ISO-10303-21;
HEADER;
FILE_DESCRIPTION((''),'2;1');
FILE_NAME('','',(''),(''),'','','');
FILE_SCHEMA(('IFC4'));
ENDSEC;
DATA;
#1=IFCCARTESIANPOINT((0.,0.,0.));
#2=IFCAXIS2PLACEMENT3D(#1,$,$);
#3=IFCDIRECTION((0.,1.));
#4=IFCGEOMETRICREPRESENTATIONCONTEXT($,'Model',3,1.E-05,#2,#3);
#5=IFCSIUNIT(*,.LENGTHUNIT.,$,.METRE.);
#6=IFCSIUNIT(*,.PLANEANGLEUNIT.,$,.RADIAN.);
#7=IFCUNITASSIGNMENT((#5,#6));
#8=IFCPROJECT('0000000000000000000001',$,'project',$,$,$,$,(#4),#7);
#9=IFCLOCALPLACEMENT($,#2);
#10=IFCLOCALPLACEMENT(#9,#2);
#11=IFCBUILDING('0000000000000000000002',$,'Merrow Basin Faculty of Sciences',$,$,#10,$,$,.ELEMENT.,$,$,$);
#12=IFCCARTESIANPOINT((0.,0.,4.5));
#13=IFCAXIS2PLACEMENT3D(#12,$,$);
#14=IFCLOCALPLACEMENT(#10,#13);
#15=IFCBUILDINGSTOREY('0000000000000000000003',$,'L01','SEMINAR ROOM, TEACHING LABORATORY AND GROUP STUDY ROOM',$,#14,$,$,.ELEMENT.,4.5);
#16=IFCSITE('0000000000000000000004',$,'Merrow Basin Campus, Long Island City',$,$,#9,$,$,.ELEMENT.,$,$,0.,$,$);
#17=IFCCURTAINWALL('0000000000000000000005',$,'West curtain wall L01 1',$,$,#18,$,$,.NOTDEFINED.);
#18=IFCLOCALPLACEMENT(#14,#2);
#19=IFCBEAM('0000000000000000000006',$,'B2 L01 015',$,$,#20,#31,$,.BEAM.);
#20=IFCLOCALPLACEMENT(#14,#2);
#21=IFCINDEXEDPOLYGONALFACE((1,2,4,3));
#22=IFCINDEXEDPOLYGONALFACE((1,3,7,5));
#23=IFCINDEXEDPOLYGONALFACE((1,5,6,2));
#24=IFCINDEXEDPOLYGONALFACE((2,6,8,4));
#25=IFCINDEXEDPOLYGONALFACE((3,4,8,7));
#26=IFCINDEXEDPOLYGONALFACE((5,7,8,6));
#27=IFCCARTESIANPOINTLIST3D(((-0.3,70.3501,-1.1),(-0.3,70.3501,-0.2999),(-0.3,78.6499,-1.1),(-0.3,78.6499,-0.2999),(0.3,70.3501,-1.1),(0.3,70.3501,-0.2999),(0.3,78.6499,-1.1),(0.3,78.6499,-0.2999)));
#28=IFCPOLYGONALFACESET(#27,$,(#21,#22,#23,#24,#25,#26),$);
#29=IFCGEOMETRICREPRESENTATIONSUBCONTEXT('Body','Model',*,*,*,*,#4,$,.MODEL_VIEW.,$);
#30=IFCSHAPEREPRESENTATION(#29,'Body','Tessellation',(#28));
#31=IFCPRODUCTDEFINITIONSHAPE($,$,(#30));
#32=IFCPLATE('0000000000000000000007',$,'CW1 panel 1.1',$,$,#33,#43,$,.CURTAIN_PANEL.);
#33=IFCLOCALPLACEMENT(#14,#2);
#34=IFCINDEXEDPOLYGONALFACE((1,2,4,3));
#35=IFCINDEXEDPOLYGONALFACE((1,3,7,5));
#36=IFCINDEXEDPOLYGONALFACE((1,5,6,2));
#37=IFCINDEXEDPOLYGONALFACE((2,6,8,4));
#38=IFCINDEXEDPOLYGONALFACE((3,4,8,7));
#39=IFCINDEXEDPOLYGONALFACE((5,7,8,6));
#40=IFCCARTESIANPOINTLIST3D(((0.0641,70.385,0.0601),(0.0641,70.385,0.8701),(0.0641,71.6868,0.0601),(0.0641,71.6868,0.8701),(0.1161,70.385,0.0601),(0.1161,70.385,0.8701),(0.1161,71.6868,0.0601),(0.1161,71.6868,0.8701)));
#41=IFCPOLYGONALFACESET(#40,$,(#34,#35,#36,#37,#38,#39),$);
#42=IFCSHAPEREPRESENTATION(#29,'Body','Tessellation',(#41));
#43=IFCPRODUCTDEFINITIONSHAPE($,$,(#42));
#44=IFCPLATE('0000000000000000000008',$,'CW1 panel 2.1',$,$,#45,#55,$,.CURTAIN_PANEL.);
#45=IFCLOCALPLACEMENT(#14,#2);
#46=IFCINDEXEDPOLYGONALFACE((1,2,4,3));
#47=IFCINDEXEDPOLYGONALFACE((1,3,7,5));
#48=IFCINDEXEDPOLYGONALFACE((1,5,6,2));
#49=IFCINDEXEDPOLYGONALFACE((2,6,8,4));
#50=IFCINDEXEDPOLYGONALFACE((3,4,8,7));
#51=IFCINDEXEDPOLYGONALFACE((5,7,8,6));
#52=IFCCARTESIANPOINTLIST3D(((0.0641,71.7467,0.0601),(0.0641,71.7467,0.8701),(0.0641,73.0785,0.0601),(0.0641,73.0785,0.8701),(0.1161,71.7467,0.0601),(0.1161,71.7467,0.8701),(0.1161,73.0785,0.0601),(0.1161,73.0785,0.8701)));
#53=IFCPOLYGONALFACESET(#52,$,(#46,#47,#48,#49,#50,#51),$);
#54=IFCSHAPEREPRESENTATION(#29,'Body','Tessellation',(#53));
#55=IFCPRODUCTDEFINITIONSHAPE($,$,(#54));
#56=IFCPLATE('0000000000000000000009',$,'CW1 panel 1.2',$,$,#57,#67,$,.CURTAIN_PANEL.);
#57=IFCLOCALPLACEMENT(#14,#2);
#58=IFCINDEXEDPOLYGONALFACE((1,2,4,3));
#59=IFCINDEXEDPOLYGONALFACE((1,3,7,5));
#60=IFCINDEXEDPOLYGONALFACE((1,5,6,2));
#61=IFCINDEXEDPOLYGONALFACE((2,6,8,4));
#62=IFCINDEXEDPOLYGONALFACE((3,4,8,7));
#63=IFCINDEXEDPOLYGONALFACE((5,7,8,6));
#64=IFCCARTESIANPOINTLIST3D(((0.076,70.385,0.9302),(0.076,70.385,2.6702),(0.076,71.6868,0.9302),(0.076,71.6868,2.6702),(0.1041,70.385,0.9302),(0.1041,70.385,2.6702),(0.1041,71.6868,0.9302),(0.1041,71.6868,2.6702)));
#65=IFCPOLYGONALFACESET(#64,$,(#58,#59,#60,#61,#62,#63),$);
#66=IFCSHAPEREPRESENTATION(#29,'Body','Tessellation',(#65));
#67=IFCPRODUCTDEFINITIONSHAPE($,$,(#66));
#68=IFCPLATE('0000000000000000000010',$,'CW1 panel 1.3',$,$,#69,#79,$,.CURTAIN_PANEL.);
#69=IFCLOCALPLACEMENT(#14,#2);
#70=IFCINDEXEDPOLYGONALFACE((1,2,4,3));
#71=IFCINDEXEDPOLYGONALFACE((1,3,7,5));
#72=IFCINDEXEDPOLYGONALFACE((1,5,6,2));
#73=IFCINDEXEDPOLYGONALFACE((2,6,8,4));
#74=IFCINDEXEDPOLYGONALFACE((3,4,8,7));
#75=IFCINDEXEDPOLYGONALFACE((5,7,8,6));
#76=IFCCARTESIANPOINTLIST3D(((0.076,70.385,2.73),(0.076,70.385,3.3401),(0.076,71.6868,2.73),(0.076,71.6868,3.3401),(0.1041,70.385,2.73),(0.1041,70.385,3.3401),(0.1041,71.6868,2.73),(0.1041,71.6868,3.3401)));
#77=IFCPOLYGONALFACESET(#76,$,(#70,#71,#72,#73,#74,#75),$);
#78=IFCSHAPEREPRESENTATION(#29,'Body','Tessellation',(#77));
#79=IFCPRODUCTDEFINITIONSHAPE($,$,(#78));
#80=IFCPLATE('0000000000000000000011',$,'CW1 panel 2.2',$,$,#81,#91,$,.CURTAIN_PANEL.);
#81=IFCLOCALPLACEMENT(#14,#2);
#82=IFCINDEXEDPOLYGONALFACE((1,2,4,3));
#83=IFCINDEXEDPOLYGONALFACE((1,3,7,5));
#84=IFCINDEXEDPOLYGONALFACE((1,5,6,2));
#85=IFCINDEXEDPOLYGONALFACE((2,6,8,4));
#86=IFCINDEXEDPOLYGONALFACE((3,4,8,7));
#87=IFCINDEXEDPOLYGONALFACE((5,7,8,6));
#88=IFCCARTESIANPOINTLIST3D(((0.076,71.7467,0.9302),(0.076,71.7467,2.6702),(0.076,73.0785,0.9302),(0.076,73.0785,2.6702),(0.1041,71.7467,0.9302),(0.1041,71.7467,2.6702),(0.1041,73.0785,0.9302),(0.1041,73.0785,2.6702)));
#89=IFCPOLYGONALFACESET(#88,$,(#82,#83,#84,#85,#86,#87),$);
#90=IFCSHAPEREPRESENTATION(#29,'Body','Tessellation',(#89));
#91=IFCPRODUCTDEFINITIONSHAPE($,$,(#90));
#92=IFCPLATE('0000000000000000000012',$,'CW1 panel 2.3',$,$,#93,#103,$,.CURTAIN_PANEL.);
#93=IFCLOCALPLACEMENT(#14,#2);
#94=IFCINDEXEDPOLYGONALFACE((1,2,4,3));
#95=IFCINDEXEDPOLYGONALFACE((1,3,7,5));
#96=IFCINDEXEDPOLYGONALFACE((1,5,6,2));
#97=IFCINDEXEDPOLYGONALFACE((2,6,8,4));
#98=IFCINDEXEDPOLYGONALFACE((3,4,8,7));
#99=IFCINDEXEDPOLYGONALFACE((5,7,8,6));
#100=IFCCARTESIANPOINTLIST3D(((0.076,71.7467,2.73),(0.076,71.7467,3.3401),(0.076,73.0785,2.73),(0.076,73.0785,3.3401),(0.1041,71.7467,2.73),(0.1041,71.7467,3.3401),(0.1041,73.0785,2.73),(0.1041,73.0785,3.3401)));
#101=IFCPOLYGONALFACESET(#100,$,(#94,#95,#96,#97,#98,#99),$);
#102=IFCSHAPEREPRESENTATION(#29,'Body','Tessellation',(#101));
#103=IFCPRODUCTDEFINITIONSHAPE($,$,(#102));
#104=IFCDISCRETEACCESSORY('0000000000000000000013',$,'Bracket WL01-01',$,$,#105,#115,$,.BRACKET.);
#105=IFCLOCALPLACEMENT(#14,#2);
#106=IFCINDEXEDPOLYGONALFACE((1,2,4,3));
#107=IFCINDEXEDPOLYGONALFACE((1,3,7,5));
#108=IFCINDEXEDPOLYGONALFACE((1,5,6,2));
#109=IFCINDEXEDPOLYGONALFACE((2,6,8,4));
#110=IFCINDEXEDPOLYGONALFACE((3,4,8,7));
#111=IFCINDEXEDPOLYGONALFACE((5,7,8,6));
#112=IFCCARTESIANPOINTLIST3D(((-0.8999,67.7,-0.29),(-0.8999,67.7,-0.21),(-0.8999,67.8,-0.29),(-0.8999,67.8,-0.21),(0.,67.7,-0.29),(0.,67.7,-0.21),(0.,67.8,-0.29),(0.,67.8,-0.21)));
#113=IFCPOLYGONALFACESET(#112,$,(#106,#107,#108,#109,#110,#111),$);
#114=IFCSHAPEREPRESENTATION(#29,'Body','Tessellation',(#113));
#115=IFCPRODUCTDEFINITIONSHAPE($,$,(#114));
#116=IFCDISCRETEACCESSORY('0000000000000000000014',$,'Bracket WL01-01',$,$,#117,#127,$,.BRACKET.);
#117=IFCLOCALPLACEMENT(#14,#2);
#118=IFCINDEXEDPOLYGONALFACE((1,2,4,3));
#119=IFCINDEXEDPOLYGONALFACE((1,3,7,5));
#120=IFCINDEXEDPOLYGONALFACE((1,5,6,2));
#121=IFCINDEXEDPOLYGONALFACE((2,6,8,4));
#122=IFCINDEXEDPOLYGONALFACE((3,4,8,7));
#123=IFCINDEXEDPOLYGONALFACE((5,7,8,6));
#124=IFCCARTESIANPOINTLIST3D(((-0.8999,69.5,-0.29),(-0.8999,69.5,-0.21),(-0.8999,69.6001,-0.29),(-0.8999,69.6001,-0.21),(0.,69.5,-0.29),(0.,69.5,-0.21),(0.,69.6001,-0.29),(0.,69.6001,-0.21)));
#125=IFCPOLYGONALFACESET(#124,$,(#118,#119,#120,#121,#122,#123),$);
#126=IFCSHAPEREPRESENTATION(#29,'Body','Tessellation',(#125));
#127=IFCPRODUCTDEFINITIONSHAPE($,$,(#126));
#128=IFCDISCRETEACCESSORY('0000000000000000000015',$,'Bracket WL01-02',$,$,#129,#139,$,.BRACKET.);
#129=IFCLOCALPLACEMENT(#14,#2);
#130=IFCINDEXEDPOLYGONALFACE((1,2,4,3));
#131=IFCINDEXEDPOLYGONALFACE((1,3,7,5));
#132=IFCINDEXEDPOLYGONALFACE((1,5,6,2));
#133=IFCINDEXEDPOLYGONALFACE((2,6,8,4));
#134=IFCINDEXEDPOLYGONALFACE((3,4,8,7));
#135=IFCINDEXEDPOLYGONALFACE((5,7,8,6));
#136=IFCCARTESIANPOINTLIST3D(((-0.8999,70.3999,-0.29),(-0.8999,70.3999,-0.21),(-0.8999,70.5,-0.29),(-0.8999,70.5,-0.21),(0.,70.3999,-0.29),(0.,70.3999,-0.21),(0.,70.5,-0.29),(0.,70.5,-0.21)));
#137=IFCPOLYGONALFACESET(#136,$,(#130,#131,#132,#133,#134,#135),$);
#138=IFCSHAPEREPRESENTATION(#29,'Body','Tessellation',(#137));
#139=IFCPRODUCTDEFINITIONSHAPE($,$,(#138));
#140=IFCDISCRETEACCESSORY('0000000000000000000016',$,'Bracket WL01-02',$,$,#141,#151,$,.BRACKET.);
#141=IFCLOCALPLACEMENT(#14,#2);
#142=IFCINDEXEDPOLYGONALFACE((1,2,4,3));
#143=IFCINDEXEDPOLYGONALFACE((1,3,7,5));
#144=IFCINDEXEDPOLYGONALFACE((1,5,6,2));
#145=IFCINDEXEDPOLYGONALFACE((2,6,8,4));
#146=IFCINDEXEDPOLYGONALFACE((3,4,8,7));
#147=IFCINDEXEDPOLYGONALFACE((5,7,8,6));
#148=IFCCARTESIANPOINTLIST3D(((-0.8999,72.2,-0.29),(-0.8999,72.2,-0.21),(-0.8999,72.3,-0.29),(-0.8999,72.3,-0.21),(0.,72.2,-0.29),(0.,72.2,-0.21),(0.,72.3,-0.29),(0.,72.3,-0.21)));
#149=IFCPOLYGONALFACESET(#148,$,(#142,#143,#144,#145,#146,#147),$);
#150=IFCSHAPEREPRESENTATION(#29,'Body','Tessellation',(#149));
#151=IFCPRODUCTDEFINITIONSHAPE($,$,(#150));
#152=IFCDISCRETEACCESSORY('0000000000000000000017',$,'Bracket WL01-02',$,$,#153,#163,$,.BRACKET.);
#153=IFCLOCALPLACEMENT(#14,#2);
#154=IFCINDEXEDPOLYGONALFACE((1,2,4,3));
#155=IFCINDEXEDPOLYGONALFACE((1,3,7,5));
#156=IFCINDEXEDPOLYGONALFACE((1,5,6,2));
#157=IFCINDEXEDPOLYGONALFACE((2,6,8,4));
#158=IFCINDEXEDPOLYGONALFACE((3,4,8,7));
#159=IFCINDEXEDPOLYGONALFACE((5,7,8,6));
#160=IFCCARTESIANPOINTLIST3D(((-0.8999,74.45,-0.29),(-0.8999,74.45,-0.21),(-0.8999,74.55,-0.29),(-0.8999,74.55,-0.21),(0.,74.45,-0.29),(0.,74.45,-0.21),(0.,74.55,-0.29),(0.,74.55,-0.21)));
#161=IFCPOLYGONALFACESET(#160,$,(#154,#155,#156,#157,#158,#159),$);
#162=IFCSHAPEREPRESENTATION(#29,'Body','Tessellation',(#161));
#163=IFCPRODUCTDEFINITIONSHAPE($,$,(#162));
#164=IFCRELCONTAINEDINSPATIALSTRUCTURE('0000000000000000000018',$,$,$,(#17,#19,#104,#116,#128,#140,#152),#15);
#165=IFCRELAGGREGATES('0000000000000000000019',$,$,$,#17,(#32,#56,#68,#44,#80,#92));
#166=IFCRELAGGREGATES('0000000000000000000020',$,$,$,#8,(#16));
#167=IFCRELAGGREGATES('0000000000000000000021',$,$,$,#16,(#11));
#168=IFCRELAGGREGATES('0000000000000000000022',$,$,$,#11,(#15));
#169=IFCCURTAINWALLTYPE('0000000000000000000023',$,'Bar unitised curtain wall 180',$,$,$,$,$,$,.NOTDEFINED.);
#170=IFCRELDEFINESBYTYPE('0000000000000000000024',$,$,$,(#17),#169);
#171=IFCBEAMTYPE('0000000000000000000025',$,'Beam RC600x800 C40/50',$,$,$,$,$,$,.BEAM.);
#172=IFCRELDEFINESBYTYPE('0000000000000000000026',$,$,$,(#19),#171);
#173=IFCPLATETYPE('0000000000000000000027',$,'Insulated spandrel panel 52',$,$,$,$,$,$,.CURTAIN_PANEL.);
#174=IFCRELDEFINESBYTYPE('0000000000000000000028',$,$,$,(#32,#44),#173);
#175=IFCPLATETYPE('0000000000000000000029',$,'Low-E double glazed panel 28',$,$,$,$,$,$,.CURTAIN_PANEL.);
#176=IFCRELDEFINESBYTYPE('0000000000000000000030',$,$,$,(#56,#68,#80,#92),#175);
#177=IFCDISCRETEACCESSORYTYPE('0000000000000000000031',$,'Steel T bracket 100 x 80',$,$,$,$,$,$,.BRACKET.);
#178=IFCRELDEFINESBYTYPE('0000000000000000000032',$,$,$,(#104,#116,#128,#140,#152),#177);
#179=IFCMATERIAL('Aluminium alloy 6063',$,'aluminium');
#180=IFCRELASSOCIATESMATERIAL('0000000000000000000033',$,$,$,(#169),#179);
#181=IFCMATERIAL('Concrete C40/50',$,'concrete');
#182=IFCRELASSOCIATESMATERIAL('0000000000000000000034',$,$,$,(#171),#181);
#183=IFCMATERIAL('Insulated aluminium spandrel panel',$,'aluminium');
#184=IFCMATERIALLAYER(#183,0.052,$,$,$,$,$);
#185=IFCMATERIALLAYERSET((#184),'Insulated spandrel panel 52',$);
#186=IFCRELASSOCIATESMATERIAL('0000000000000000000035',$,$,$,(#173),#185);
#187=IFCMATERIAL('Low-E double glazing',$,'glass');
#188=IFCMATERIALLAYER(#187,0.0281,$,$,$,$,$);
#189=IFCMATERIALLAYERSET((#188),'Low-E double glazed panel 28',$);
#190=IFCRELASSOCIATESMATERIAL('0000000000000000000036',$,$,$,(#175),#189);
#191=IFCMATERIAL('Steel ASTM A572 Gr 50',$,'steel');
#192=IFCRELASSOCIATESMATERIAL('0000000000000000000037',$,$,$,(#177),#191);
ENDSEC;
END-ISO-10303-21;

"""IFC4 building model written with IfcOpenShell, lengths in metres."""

from ifc_helpers import new_model, si_unit, direction, frame, origin, origin_2d, place, context, subcontext, project, spatial, polyline, rectangle, outline, extrude, source, transform, mapped, material, layer, layer_set, material_profile, profile_set, type_object, element, aggregate, save


model = new_model("IFC4")

# Units and contexts
model_context = context("Model", 3, precision=1e-05, world=origin(), true_north=direction((0.0, 1.0)))
body_context = subcontext(model_context, "Body", "Model", "MODEL_VIEW")
ifc_project = project(units=[si_unit("LENGTHUNIT", "METRE"), si_unit("PLANEANGLEUNIT", "RADIAN")], contexts=[model_context])

# Site, building, storey
site_placement = place(None, origin())
site = spatial("IfcSite", under=ifc_project, at=site_placement, Name="Merrow Basin Campus, Long Island City", CompositionType="ELEMENT", RefElevation=0.0)
building_placement = place(site_placement, origin())
building = spatial("IfcBuilding", under=site, at=building_placement, Name="Merrow Basin Faculty of Sciences", CompositionType="ELEMENT")
storey_placement = place(building_placement, frame((0.0, 0.0, 4.5)))
storey = spatial("IfcBuildingStorey", under=building, at=storey_placement, Name="L01", Description="SEMINAR ROOM, TEACHING LABORATORY AND GROUP STUDY ROOM", CompositionType="ELEMENT", Elevation=4.5)

# Curtain wall
ifc_material_1 = material(Name="Aluminium alloy 6063", Category="aluminium")
curtain_wall_type = type_object("IfcCurtainWallType", Name="Bar unitised curtain wall 180", PredefinedType="NOTDEFINED", material=ifc_material_1)
curtain_wall_placement = place(storey_placement, origin())
curtain_wall = element("IfcCurtainWall", 1, at=curtain_wall_placement, inside=storey, type_object=curtain_wall_type, Name="West curtain wall L01 1", PredefinedType="NOTDEFINED")

# Beam
ifc_material_2 = material(Name="Concrete C40/50", Category="concrete")
ifc_material_profile_1 = material_profile(ifc_material_2, rectangle(XDim=0.6001, YDim=0.8, at=origin_2d()))
ifc_profile_set_1 = profile_set([ifc_material_profile_1], Name="Concrete C40/50")
beam_type = type_object("IfcBeamType", Name="Beam RC600x800 C40/50", PredefinedType="BEAM", material=ifc_profile_set_1)
beam_placement = place(storey_placement, frame((0.0, 70.3501, -0.7), z_axis=(0.0, 1.0, 0.0), x_axis=(-1.0, 0.0, 0.0)))
element("IfcBeam", 2, at=beam_placement, inside=storey, type_object=beam_type, Name="B2 L01 015", PredefinedType="BEAM", context=body_context, shape_type="SweptSolid", body=[
    extrude(rectangle(XDim=0.6001, YDim=0.8, at=origin_2d()), origin(), (0.0, 0.0, 1.0), 8.2998),
])

# Plates
ifc_material_3 = material(Name="Insulated aluminium spandrel panel", Category="aluminium")
ifc_layer_1 = layer(ifc_material_3, 0.052)
ifc_layer_set_1 = layer_set([ifc_layer_1], Name="Insulated spandrel panel 52")
plate_type_1 = type_object("IfcPlateType", Name="Insulated spandrel panel 52", PredefinedType="CURTAIN_PANEL", material=ifc_layer_set_1)
plate_1_placement = place(storey_placement, frame((0.0901, 71.0359, 0.0601), z_axis=(0.0, 0.0, 1.0), x_axis=(0.0, 1.0, 0.0)))
plate_1 = element("IfcPlate", 3, at=plate_1_placement, type_object=plate_type_1, Name="CW1 panel 1.1", PredefinedType="CURTAIN_PANEL", context=body_context, shape_type="SweptSolid", body=[
    extrude(rectangle(XDim=1.3018, YDim=0.052, at=origin_2d()), origin(), (0.0, 0.0, 1.0), 0.8101),
])
plate_2_placement = place(storey_placement, frame((0.0901, 72.4126, 0.0601), z_axis=(0.0, 0.0, 1.0), x_axis=(0.0, 1.0, 0.0)))
plate_2 = element("IfcPlate", 4, at=plate_2_placement, type_object=plate_type_1, Name="CW1 panel 2.1", PredefinedType="CURTAIN_PANEL", context=body_context, shape_type="SweptSolid", body=[
    extrude(rectangle(XDim=1.3318, YDim=0.052, at=origin_2d()), origin(), (0.0, 0.0, 1.0), 0.8101),
])
ifc_material_4 = material(Name="Low-E double glazing", Category="glass")
ifc_layer_2 = layer(ifc_material_4, 0.0281)
ifc_layer_set_2 = layer_set([ifc_layer_2], Name="Low-E double glazed panel 28")
plate_type_2 = type_object("IfcPlateType", Name="Low-E double glazed panel 28", PredefinedType="CURTAIN_PANEL", material=ifc_layer_set_2)
plate_3_placement = place(storey_placement, frame((0.0901, 71.0359, 0.9302), z_axis=(0.0, 0.0, 1.0), x_axis=(0.0, 1.0, 0.0)))
plate_3 = element("IfcPlate", 5, at=plate_3_placement, type_object=plate_type_2, Name="CW1 panel 1.2", PredefinedType="CURTAIN_PANEL", context=body_context, shape_type="SweptSolid", body=[
    extrude(rectangle(XDim=1.3018, YDim=0.0281, at=origin_2d()), origin(), (0.0, 0.0, 1.0), 1.74),
])
plate_4_placement = place(storey_placement, frame((0.0901, 71.0359, 2.73), z_axis=(0.0, 0.0, 1.0), x_axis=(0.0, 1.0, 0.0)))
plate_4 = element("IfcPlate", 6, at=plate_4_placement, type_object=plate_type_2, Name="CW1 panel 1.3", PredefinedType="CURTAIN_PANEL", context=body_context, shape_type="SweptSolid", body=[
    extrude(rectangle(XDim=1.3018, YDim=0.0281, at=origin_2d()), origin(), (0.0, 0.0, 1.0), 0.6101),
])
plate_5_placement = place(storey_placement, frame((0.0901, 72.4126, 0.9302), z_axis=(0.0, 0.0, 1.0), x_axis=(0.0, 1.0, 0.0)))
plate_5 = element("IfcPlate", 7, at=plate_5_placement, type_object=plate_type_2, Name="CW1 panel 2.2", PredefinedType="CURTAIN_PANEL", context=body_context, shape_type="SweptSolid", body=[
    extrude(rectangle(XDim=1.3318, YDim=0.0281, at=origin_2d()), origin(), (0.0, 0.0, 1.0), 1.74),
])
plate_6_placement = place(storey_placement, frame((0.0901, 72.4126, 2.73), z_axis=(0.0, 0.0, 1.0), x_axis=(0.0, 1.0, 0.0)))
plate_6 = element("IfcPlate", 8, at=plate_6_placement, type_object=plate_type_2, Name="CW1 panel 2.3", PredefinedType="CURTAIN_PANEL", context=body_context, shape_type="SweptSolid", body=[
    extrude(rectangle(XDim=1.3318, YDim=0.0281, at=origin_2d()), origin(), (0.0, 0.0, 1.0), 0.6101),
])
aggregate(curtain_wall, [plate_1, plate_3, plate_4, plate_2, plate_5, plate_6])

# Discrete accessories
ifc_material_5 = material(Name="Steel ASTM A572 Gr 50", Category="steel")
discrete_accessory_type = type_object("IfcDiscreteAccessoryType", Name="Steel T bracket 100 x 80", PredefinedType="BRACKET", material=ifc_material_5)
shared_shape_1 = source(origin(), body_context, "Body", "SweptSolid", [
    extrude(outline(polyline([(0.0, 0.0), (0.1001, 0.0), (0.1001, 0.0801), (0.0, 0.0801), (0.0, 0.0)])), origin(), (0.0, 0.0, 1.0), 0.8999),
])
for number, where, z_axis, x_axis, name in (
    (9, (-0.8999, 67.7, -0.29), (1.0, 0.0, 0.0), (0.0, 1.0, 0.0), "Bracket WL01-01"),
    (10, (-0.8999, 69.5, -0.29), (1.0, 0.0, 0.0), (0.0, 1.0, 0.0), "Bracket WL01-01"),
    (11, (-0.8999, 70.3999, -0.29), (1.0, 0.0, 0.0), (0.0, 1.0, 0.0), "Bracket WL01-02"),
    (12, (-0.8999, 72.2, -0.29), (1.0, 0.0, 0.0), (0.0, 1.0, 0.0), "Bracket WL01-02"),
    (13, (-0.8999, 74.45, -0.29), (1.0, 0.0, 0.0), (0.0, 1.0, 0.0), "Bracket WL01-02"),
):
    element("IfcDiscreteAccessory", number, at=place(storey_placement, frame(where, z_axis=z_axis, x_axis=x_axis)), inside=storey, type_object=discrete_accessory_type, Name=name, PredefinedType="BRACKET", context=body_context, shape_type="MappedRepresentation", body=[
        mapped(shared_shape_1, transform((0.0, 0.0, 0.0), scale=1.0)),
    ])

save(model, "model.ifc")
